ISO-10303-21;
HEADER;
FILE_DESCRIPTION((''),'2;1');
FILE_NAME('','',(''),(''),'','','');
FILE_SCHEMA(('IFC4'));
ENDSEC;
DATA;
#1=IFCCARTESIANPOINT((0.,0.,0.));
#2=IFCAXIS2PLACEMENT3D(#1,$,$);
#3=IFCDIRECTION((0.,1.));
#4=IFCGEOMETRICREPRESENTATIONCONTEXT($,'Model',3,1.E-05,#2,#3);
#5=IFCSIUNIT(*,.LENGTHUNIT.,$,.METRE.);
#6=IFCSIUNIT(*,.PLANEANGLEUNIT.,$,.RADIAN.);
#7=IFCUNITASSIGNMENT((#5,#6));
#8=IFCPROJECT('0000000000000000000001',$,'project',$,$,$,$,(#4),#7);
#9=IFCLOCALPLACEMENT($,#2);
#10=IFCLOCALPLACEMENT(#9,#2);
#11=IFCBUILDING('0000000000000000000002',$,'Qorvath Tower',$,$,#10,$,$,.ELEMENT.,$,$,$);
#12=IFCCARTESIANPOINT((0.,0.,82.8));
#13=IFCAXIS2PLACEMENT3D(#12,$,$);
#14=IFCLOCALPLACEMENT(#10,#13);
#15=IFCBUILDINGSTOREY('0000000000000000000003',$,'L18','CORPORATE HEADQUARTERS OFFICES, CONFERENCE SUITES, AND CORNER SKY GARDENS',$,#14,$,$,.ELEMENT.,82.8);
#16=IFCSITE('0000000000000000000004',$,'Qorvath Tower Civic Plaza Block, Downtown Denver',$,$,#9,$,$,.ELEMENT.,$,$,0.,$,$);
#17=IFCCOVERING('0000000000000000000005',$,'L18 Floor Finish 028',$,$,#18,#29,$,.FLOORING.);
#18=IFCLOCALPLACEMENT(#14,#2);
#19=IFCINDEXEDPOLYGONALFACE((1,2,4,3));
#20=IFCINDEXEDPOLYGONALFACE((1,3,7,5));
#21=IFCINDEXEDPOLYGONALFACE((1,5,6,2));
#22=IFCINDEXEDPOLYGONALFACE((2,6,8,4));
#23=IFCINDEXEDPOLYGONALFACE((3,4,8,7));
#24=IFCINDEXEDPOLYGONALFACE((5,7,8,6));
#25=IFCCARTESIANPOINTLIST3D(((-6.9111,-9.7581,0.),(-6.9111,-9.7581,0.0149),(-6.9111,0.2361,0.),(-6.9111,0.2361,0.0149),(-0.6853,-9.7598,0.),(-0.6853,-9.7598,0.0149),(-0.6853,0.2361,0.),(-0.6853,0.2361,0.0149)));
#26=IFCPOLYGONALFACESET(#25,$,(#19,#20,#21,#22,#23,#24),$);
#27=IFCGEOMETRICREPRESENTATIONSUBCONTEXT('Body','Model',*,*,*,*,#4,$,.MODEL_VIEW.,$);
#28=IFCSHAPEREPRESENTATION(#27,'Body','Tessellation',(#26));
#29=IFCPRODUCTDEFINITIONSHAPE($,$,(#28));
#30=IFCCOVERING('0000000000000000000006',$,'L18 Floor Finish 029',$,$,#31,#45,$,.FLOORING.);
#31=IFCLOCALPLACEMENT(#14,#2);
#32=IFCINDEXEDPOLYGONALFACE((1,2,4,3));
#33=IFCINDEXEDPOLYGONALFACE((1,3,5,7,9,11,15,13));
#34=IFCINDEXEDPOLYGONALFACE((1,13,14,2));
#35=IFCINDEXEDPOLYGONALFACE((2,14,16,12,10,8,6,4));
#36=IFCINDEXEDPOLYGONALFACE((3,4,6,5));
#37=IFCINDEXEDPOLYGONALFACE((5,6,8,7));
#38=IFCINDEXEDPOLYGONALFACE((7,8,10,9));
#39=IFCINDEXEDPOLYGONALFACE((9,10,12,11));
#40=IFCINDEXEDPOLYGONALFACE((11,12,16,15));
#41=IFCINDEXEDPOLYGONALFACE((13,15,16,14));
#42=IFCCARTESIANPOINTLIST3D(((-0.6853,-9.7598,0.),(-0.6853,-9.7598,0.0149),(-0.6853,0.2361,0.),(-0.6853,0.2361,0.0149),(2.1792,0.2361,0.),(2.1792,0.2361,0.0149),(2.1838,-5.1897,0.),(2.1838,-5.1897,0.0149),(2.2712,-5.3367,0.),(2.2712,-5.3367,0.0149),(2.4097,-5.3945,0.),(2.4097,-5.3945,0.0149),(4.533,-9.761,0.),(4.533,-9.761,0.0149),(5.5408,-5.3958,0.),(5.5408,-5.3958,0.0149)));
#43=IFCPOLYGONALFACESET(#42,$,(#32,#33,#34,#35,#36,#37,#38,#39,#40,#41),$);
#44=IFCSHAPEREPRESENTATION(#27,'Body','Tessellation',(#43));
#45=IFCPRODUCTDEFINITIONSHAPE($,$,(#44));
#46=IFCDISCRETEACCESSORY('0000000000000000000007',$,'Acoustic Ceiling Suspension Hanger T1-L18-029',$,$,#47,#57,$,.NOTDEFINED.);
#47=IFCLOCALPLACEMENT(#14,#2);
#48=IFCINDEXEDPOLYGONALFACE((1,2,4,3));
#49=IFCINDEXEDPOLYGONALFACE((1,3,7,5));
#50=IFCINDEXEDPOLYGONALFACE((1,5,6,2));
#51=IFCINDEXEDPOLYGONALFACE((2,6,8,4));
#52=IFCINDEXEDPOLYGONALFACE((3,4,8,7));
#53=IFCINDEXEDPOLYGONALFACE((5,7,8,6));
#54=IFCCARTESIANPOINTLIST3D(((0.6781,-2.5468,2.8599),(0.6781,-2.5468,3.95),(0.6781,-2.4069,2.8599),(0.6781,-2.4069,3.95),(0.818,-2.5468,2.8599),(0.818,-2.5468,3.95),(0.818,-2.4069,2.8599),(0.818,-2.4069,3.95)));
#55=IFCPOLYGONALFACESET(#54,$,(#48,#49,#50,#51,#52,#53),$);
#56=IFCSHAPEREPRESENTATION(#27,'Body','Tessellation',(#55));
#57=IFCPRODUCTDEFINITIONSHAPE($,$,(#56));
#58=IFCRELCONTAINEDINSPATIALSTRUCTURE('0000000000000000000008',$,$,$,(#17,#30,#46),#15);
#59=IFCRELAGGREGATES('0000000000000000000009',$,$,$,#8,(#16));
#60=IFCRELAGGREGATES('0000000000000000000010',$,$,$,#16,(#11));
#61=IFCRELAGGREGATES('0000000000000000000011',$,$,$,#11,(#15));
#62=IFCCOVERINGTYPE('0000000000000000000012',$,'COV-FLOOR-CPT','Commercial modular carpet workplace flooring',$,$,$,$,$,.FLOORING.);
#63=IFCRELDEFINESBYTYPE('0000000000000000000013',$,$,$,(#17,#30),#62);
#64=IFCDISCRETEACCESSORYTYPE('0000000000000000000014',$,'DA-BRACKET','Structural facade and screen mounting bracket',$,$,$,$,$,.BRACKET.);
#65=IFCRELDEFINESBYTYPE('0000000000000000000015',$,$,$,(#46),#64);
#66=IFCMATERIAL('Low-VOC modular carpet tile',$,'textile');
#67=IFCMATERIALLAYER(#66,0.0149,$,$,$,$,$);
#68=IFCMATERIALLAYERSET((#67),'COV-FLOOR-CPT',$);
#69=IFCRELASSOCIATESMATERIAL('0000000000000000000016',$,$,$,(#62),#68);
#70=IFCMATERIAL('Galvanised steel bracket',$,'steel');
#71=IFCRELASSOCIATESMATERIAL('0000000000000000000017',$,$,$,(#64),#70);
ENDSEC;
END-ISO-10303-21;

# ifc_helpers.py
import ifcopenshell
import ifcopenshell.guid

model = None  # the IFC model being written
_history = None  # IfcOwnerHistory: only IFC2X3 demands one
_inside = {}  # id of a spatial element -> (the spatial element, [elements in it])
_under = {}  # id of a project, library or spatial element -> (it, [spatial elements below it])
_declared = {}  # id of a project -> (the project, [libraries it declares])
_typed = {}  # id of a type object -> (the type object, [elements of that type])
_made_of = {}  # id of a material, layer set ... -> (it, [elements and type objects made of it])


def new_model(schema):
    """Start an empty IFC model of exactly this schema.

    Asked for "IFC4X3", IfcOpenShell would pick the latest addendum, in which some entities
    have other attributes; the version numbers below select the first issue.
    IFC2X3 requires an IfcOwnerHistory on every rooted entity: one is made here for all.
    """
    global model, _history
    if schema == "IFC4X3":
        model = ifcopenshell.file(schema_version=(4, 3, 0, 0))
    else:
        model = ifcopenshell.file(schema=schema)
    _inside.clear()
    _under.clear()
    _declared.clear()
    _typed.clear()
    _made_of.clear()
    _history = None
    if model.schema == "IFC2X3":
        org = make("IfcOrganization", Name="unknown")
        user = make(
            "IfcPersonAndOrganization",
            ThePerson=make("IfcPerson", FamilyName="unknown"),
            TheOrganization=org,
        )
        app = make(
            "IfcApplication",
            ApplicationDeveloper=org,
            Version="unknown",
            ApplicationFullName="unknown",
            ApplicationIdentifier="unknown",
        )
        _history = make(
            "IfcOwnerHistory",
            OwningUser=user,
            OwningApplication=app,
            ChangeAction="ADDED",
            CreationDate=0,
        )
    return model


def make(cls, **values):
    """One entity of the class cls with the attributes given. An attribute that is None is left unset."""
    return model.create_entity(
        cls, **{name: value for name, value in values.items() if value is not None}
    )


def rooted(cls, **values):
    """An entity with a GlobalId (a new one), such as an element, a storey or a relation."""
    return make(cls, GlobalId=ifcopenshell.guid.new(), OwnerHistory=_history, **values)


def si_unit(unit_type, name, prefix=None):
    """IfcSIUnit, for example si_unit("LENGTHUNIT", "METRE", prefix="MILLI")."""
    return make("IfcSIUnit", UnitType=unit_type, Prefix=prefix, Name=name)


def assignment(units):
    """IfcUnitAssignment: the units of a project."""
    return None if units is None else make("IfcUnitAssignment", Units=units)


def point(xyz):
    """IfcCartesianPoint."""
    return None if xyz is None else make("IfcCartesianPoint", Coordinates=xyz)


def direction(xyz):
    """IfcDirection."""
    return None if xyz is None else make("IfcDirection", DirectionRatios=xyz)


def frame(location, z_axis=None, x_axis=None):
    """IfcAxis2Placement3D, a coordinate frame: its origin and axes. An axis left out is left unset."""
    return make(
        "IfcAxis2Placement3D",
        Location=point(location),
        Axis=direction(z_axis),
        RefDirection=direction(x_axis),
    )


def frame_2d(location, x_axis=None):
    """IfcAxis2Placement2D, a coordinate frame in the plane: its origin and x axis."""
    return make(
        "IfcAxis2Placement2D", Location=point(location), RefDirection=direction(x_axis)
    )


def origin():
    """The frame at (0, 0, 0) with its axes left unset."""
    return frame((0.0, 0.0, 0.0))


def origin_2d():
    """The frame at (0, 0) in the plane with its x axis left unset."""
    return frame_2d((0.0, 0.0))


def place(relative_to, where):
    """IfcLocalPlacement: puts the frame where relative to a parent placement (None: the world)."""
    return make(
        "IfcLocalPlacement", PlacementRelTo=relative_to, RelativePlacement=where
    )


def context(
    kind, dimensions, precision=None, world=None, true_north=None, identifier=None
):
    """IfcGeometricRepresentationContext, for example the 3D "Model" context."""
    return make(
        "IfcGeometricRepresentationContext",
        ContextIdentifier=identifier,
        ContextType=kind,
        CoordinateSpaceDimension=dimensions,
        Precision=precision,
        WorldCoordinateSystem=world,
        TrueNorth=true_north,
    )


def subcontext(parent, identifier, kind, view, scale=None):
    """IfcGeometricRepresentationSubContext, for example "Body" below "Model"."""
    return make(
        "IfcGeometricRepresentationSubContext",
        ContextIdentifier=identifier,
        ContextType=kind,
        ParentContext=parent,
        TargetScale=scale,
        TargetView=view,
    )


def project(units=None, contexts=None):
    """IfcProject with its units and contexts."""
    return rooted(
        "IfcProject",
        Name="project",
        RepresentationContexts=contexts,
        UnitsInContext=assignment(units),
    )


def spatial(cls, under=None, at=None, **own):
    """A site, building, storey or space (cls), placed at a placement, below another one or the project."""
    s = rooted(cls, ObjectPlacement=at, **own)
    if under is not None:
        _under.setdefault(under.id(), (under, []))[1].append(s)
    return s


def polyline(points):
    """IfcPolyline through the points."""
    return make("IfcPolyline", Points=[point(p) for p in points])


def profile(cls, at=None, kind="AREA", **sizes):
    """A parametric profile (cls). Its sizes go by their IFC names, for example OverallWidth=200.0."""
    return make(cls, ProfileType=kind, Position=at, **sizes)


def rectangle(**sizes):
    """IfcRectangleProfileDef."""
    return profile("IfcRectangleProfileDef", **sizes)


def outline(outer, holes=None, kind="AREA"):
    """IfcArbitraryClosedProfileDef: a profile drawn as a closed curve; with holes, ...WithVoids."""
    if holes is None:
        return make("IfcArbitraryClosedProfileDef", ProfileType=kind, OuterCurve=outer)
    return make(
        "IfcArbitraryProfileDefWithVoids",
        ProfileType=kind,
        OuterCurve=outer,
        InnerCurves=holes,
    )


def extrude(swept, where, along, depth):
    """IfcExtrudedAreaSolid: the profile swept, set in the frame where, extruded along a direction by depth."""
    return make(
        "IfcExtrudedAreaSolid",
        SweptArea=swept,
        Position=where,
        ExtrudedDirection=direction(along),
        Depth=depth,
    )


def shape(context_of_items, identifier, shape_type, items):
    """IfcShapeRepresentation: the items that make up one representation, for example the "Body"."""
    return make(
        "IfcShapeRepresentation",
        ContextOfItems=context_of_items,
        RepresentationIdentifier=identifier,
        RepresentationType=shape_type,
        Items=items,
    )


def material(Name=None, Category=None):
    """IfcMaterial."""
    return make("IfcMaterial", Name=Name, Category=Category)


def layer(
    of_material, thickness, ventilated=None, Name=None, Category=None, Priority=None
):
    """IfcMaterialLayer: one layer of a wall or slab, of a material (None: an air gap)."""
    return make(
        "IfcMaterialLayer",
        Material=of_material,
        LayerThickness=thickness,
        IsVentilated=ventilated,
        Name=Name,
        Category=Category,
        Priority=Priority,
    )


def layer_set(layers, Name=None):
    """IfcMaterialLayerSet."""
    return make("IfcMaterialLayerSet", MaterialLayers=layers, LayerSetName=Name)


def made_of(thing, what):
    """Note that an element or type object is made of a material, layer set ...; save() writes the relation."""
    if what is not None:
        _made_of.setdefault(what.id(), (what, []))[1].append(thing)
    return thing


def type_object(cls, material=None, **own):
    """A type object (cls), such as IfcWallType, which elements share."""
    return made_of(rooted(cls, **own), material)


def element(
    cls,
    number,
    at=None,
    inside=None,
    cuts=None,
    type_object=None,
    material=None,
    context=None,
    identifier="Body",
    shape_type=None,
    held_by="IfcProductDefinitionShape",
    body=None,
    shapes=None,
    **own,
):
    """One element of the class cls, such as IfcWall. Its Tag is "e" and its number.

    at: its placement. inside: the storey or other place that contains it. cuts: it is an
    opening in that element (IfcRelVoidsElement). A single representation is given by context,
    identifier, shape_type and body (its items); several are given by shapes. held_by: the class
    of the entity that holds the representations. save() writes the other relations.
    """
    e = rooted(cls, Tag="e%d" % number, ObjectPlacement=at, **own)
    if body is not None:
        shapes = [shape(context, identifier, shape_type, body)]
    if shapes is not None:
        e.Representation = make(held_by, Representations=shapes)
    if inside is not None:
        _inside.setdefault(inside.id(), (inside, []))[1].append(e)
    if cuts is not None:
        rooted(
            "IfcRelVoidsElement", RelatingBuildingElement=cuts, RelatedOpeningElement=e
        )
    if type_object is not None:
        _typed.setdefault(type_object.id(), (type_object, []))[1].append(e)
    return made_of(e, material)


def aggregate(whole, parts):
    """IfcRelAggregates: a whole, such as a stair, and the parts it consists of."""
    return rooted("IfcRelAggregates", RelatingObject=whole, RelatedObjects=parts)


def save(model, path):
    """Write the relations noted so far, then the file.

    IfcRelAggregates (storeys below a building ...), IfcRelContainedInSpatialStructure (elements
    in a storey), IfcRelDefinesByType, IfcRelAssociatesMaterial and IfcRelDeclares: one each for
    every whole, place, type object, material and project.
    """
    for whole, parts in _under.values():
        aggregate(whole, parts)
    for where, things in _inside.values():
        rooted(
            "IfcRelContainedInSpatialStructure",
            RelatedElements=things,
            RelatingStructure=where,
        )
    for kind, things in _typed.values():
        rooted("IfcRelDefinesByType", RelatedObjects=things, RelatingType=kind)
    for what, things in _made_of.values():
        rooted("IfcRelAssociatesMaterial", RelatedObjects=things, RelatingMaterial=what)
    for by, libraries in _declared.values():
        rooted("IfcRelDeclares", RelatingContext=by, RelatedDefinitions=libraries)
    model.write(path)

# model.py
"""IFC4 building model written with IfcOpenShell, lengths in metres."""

from ifc_helpers import new_model, si_unit, direction, frame, origin, origin_2d, place, context, subcontext, project, spatial, polyline, rectangle, outline, extrude, material, layer, layer_set, type_object, element, save


model = new_model("IFC4")

# Units and contexts
model_context = context("Model", 3, precision=1e-05, world=origin(), true_north=direction((0.0, 1.0)))
body_context = subcontext(model_context, "Body", "Model", "MODEL_VIEW")
ifc_project = project(units=[si_unit("LENGTHUNIT", "METRE"), si_unit("PLANEANGLEUNIT", "RADIAN")], contexts=[model_context])

# Site, building, storey
site_placement = place(None, origin())
site = spatial("IfcSite", under=ifc_project, at=site_placement, Name="Qorvath Tower Civic Plaza Block, Downtown Denver", CompositionType="ELEMENT", RefElevation=0.0)
building_placement = place(site_placement, origin())
building = spatial("IfcBuilding", under=site, at=building_placement, Name="Qorvath Tower", CompositionType="ELEMENT")
storey_placement = place(building_placement, frame((0.0, 0.0, 82.8)))
storey = spatial("IfcBuildingStorey", under=building, at=storey_placement, Name="L18", Description="CORPORATE HEADQUARTERS OFFICES, CONFERENCE SUITES, AND CORNER SKY GARDENS", CompositionType="ELEMENT", Elevation=82.8)

# Coverings
ifc_material_1 = material(Name="Low-VOC modular carpet tile", Category="textile")
ifc_layer_1 = layer(ifc_material_1, 0.0149)
ifc_layer_set_1 = layer_set([ifc_layer_1], Name="COV-FLOOR-CPT")
covering_type_1 = type_object("IfcCoveringType", Name="COV-FLOOR-CPT", Description="Commercial modular carpet workplace flooring", PredefinedType="FLOORING", material=ifc_layer_set_1)
covering_1_placement = place(storey_placement, origin())
element("IfcCovering", 1, at=covering_1_placement, inside=storey, type_object=covering_type_1, Name="L18 Floor Finish 028", PredefinedType="FLOORING", context=body_context, shape_type="SweptSolid", body=[
    extrude(outline(polyline([(-0.6853, -9.7598), (-0.6853, 0.2361), (-6.9111, 0.2361), (-6.9111, -9.7581), (-0.6853, -9.7598)])), origin(), (0.0, 0.0, 1.0), 0.0149),
])
covering_2_placement = place(storey_placement, origin())
element("IfcCovering", 2, at=covering_2_placement, inside=storey, type_object=covering_type_1, Name="L18 Floor Finish 029", PredefinedType="FLOORING", context=body_context, shape_type="SweptSolid", body=[
    extrude(outline(polyline([(2.2712, -5.3367), (2.1838, -5.1897), (2.1792, 0.2361), (-0.6853, 0.2361), (-0.6853, -9.7598), (4.533, -9.761), (5.5408, -5.3958), (2.4097, -5.3945), (2.2712, -5.3367)])), origin(), (0.0, 0.0, 1.0), 0.0149),
])

# Discrete accessory
ifc_material_2 = material(Name="Galvanised steel bracket", Category="steel")
discrete_accessory_type = type_object("IfcDiscreteAccessoryType", Name="DA-BRACKET", Description="Structural facade and screen mounting bracket", PredefinedType="BRACKET", material=ifc_material_2)
discrete_accessory_placement = place(storey_placement, frame((0.748, -2.4768, 2.8599), z_axis=(0.0, 0.0, 1.0), x_axis=(1.0, 0.0, 0.0)))
element("IfcDiscreteAccessory", 3, at=discrete_accessory_placement, inside=storey, type_object=discrete_accessory_type, Name="Acoustic Ceiling Suspension Hanger T1-L18-029", PredefinedType="NOTDEFINED", context=body_context, shape_type="SweptSolid", body=[
    extrude(rectangle(XDim=0.1399, YDim=0.1399, at=origin_2d()), origin(), (0.0, 0.0, 1.0), 1.0901),
])

save(model, "model.ifc")
